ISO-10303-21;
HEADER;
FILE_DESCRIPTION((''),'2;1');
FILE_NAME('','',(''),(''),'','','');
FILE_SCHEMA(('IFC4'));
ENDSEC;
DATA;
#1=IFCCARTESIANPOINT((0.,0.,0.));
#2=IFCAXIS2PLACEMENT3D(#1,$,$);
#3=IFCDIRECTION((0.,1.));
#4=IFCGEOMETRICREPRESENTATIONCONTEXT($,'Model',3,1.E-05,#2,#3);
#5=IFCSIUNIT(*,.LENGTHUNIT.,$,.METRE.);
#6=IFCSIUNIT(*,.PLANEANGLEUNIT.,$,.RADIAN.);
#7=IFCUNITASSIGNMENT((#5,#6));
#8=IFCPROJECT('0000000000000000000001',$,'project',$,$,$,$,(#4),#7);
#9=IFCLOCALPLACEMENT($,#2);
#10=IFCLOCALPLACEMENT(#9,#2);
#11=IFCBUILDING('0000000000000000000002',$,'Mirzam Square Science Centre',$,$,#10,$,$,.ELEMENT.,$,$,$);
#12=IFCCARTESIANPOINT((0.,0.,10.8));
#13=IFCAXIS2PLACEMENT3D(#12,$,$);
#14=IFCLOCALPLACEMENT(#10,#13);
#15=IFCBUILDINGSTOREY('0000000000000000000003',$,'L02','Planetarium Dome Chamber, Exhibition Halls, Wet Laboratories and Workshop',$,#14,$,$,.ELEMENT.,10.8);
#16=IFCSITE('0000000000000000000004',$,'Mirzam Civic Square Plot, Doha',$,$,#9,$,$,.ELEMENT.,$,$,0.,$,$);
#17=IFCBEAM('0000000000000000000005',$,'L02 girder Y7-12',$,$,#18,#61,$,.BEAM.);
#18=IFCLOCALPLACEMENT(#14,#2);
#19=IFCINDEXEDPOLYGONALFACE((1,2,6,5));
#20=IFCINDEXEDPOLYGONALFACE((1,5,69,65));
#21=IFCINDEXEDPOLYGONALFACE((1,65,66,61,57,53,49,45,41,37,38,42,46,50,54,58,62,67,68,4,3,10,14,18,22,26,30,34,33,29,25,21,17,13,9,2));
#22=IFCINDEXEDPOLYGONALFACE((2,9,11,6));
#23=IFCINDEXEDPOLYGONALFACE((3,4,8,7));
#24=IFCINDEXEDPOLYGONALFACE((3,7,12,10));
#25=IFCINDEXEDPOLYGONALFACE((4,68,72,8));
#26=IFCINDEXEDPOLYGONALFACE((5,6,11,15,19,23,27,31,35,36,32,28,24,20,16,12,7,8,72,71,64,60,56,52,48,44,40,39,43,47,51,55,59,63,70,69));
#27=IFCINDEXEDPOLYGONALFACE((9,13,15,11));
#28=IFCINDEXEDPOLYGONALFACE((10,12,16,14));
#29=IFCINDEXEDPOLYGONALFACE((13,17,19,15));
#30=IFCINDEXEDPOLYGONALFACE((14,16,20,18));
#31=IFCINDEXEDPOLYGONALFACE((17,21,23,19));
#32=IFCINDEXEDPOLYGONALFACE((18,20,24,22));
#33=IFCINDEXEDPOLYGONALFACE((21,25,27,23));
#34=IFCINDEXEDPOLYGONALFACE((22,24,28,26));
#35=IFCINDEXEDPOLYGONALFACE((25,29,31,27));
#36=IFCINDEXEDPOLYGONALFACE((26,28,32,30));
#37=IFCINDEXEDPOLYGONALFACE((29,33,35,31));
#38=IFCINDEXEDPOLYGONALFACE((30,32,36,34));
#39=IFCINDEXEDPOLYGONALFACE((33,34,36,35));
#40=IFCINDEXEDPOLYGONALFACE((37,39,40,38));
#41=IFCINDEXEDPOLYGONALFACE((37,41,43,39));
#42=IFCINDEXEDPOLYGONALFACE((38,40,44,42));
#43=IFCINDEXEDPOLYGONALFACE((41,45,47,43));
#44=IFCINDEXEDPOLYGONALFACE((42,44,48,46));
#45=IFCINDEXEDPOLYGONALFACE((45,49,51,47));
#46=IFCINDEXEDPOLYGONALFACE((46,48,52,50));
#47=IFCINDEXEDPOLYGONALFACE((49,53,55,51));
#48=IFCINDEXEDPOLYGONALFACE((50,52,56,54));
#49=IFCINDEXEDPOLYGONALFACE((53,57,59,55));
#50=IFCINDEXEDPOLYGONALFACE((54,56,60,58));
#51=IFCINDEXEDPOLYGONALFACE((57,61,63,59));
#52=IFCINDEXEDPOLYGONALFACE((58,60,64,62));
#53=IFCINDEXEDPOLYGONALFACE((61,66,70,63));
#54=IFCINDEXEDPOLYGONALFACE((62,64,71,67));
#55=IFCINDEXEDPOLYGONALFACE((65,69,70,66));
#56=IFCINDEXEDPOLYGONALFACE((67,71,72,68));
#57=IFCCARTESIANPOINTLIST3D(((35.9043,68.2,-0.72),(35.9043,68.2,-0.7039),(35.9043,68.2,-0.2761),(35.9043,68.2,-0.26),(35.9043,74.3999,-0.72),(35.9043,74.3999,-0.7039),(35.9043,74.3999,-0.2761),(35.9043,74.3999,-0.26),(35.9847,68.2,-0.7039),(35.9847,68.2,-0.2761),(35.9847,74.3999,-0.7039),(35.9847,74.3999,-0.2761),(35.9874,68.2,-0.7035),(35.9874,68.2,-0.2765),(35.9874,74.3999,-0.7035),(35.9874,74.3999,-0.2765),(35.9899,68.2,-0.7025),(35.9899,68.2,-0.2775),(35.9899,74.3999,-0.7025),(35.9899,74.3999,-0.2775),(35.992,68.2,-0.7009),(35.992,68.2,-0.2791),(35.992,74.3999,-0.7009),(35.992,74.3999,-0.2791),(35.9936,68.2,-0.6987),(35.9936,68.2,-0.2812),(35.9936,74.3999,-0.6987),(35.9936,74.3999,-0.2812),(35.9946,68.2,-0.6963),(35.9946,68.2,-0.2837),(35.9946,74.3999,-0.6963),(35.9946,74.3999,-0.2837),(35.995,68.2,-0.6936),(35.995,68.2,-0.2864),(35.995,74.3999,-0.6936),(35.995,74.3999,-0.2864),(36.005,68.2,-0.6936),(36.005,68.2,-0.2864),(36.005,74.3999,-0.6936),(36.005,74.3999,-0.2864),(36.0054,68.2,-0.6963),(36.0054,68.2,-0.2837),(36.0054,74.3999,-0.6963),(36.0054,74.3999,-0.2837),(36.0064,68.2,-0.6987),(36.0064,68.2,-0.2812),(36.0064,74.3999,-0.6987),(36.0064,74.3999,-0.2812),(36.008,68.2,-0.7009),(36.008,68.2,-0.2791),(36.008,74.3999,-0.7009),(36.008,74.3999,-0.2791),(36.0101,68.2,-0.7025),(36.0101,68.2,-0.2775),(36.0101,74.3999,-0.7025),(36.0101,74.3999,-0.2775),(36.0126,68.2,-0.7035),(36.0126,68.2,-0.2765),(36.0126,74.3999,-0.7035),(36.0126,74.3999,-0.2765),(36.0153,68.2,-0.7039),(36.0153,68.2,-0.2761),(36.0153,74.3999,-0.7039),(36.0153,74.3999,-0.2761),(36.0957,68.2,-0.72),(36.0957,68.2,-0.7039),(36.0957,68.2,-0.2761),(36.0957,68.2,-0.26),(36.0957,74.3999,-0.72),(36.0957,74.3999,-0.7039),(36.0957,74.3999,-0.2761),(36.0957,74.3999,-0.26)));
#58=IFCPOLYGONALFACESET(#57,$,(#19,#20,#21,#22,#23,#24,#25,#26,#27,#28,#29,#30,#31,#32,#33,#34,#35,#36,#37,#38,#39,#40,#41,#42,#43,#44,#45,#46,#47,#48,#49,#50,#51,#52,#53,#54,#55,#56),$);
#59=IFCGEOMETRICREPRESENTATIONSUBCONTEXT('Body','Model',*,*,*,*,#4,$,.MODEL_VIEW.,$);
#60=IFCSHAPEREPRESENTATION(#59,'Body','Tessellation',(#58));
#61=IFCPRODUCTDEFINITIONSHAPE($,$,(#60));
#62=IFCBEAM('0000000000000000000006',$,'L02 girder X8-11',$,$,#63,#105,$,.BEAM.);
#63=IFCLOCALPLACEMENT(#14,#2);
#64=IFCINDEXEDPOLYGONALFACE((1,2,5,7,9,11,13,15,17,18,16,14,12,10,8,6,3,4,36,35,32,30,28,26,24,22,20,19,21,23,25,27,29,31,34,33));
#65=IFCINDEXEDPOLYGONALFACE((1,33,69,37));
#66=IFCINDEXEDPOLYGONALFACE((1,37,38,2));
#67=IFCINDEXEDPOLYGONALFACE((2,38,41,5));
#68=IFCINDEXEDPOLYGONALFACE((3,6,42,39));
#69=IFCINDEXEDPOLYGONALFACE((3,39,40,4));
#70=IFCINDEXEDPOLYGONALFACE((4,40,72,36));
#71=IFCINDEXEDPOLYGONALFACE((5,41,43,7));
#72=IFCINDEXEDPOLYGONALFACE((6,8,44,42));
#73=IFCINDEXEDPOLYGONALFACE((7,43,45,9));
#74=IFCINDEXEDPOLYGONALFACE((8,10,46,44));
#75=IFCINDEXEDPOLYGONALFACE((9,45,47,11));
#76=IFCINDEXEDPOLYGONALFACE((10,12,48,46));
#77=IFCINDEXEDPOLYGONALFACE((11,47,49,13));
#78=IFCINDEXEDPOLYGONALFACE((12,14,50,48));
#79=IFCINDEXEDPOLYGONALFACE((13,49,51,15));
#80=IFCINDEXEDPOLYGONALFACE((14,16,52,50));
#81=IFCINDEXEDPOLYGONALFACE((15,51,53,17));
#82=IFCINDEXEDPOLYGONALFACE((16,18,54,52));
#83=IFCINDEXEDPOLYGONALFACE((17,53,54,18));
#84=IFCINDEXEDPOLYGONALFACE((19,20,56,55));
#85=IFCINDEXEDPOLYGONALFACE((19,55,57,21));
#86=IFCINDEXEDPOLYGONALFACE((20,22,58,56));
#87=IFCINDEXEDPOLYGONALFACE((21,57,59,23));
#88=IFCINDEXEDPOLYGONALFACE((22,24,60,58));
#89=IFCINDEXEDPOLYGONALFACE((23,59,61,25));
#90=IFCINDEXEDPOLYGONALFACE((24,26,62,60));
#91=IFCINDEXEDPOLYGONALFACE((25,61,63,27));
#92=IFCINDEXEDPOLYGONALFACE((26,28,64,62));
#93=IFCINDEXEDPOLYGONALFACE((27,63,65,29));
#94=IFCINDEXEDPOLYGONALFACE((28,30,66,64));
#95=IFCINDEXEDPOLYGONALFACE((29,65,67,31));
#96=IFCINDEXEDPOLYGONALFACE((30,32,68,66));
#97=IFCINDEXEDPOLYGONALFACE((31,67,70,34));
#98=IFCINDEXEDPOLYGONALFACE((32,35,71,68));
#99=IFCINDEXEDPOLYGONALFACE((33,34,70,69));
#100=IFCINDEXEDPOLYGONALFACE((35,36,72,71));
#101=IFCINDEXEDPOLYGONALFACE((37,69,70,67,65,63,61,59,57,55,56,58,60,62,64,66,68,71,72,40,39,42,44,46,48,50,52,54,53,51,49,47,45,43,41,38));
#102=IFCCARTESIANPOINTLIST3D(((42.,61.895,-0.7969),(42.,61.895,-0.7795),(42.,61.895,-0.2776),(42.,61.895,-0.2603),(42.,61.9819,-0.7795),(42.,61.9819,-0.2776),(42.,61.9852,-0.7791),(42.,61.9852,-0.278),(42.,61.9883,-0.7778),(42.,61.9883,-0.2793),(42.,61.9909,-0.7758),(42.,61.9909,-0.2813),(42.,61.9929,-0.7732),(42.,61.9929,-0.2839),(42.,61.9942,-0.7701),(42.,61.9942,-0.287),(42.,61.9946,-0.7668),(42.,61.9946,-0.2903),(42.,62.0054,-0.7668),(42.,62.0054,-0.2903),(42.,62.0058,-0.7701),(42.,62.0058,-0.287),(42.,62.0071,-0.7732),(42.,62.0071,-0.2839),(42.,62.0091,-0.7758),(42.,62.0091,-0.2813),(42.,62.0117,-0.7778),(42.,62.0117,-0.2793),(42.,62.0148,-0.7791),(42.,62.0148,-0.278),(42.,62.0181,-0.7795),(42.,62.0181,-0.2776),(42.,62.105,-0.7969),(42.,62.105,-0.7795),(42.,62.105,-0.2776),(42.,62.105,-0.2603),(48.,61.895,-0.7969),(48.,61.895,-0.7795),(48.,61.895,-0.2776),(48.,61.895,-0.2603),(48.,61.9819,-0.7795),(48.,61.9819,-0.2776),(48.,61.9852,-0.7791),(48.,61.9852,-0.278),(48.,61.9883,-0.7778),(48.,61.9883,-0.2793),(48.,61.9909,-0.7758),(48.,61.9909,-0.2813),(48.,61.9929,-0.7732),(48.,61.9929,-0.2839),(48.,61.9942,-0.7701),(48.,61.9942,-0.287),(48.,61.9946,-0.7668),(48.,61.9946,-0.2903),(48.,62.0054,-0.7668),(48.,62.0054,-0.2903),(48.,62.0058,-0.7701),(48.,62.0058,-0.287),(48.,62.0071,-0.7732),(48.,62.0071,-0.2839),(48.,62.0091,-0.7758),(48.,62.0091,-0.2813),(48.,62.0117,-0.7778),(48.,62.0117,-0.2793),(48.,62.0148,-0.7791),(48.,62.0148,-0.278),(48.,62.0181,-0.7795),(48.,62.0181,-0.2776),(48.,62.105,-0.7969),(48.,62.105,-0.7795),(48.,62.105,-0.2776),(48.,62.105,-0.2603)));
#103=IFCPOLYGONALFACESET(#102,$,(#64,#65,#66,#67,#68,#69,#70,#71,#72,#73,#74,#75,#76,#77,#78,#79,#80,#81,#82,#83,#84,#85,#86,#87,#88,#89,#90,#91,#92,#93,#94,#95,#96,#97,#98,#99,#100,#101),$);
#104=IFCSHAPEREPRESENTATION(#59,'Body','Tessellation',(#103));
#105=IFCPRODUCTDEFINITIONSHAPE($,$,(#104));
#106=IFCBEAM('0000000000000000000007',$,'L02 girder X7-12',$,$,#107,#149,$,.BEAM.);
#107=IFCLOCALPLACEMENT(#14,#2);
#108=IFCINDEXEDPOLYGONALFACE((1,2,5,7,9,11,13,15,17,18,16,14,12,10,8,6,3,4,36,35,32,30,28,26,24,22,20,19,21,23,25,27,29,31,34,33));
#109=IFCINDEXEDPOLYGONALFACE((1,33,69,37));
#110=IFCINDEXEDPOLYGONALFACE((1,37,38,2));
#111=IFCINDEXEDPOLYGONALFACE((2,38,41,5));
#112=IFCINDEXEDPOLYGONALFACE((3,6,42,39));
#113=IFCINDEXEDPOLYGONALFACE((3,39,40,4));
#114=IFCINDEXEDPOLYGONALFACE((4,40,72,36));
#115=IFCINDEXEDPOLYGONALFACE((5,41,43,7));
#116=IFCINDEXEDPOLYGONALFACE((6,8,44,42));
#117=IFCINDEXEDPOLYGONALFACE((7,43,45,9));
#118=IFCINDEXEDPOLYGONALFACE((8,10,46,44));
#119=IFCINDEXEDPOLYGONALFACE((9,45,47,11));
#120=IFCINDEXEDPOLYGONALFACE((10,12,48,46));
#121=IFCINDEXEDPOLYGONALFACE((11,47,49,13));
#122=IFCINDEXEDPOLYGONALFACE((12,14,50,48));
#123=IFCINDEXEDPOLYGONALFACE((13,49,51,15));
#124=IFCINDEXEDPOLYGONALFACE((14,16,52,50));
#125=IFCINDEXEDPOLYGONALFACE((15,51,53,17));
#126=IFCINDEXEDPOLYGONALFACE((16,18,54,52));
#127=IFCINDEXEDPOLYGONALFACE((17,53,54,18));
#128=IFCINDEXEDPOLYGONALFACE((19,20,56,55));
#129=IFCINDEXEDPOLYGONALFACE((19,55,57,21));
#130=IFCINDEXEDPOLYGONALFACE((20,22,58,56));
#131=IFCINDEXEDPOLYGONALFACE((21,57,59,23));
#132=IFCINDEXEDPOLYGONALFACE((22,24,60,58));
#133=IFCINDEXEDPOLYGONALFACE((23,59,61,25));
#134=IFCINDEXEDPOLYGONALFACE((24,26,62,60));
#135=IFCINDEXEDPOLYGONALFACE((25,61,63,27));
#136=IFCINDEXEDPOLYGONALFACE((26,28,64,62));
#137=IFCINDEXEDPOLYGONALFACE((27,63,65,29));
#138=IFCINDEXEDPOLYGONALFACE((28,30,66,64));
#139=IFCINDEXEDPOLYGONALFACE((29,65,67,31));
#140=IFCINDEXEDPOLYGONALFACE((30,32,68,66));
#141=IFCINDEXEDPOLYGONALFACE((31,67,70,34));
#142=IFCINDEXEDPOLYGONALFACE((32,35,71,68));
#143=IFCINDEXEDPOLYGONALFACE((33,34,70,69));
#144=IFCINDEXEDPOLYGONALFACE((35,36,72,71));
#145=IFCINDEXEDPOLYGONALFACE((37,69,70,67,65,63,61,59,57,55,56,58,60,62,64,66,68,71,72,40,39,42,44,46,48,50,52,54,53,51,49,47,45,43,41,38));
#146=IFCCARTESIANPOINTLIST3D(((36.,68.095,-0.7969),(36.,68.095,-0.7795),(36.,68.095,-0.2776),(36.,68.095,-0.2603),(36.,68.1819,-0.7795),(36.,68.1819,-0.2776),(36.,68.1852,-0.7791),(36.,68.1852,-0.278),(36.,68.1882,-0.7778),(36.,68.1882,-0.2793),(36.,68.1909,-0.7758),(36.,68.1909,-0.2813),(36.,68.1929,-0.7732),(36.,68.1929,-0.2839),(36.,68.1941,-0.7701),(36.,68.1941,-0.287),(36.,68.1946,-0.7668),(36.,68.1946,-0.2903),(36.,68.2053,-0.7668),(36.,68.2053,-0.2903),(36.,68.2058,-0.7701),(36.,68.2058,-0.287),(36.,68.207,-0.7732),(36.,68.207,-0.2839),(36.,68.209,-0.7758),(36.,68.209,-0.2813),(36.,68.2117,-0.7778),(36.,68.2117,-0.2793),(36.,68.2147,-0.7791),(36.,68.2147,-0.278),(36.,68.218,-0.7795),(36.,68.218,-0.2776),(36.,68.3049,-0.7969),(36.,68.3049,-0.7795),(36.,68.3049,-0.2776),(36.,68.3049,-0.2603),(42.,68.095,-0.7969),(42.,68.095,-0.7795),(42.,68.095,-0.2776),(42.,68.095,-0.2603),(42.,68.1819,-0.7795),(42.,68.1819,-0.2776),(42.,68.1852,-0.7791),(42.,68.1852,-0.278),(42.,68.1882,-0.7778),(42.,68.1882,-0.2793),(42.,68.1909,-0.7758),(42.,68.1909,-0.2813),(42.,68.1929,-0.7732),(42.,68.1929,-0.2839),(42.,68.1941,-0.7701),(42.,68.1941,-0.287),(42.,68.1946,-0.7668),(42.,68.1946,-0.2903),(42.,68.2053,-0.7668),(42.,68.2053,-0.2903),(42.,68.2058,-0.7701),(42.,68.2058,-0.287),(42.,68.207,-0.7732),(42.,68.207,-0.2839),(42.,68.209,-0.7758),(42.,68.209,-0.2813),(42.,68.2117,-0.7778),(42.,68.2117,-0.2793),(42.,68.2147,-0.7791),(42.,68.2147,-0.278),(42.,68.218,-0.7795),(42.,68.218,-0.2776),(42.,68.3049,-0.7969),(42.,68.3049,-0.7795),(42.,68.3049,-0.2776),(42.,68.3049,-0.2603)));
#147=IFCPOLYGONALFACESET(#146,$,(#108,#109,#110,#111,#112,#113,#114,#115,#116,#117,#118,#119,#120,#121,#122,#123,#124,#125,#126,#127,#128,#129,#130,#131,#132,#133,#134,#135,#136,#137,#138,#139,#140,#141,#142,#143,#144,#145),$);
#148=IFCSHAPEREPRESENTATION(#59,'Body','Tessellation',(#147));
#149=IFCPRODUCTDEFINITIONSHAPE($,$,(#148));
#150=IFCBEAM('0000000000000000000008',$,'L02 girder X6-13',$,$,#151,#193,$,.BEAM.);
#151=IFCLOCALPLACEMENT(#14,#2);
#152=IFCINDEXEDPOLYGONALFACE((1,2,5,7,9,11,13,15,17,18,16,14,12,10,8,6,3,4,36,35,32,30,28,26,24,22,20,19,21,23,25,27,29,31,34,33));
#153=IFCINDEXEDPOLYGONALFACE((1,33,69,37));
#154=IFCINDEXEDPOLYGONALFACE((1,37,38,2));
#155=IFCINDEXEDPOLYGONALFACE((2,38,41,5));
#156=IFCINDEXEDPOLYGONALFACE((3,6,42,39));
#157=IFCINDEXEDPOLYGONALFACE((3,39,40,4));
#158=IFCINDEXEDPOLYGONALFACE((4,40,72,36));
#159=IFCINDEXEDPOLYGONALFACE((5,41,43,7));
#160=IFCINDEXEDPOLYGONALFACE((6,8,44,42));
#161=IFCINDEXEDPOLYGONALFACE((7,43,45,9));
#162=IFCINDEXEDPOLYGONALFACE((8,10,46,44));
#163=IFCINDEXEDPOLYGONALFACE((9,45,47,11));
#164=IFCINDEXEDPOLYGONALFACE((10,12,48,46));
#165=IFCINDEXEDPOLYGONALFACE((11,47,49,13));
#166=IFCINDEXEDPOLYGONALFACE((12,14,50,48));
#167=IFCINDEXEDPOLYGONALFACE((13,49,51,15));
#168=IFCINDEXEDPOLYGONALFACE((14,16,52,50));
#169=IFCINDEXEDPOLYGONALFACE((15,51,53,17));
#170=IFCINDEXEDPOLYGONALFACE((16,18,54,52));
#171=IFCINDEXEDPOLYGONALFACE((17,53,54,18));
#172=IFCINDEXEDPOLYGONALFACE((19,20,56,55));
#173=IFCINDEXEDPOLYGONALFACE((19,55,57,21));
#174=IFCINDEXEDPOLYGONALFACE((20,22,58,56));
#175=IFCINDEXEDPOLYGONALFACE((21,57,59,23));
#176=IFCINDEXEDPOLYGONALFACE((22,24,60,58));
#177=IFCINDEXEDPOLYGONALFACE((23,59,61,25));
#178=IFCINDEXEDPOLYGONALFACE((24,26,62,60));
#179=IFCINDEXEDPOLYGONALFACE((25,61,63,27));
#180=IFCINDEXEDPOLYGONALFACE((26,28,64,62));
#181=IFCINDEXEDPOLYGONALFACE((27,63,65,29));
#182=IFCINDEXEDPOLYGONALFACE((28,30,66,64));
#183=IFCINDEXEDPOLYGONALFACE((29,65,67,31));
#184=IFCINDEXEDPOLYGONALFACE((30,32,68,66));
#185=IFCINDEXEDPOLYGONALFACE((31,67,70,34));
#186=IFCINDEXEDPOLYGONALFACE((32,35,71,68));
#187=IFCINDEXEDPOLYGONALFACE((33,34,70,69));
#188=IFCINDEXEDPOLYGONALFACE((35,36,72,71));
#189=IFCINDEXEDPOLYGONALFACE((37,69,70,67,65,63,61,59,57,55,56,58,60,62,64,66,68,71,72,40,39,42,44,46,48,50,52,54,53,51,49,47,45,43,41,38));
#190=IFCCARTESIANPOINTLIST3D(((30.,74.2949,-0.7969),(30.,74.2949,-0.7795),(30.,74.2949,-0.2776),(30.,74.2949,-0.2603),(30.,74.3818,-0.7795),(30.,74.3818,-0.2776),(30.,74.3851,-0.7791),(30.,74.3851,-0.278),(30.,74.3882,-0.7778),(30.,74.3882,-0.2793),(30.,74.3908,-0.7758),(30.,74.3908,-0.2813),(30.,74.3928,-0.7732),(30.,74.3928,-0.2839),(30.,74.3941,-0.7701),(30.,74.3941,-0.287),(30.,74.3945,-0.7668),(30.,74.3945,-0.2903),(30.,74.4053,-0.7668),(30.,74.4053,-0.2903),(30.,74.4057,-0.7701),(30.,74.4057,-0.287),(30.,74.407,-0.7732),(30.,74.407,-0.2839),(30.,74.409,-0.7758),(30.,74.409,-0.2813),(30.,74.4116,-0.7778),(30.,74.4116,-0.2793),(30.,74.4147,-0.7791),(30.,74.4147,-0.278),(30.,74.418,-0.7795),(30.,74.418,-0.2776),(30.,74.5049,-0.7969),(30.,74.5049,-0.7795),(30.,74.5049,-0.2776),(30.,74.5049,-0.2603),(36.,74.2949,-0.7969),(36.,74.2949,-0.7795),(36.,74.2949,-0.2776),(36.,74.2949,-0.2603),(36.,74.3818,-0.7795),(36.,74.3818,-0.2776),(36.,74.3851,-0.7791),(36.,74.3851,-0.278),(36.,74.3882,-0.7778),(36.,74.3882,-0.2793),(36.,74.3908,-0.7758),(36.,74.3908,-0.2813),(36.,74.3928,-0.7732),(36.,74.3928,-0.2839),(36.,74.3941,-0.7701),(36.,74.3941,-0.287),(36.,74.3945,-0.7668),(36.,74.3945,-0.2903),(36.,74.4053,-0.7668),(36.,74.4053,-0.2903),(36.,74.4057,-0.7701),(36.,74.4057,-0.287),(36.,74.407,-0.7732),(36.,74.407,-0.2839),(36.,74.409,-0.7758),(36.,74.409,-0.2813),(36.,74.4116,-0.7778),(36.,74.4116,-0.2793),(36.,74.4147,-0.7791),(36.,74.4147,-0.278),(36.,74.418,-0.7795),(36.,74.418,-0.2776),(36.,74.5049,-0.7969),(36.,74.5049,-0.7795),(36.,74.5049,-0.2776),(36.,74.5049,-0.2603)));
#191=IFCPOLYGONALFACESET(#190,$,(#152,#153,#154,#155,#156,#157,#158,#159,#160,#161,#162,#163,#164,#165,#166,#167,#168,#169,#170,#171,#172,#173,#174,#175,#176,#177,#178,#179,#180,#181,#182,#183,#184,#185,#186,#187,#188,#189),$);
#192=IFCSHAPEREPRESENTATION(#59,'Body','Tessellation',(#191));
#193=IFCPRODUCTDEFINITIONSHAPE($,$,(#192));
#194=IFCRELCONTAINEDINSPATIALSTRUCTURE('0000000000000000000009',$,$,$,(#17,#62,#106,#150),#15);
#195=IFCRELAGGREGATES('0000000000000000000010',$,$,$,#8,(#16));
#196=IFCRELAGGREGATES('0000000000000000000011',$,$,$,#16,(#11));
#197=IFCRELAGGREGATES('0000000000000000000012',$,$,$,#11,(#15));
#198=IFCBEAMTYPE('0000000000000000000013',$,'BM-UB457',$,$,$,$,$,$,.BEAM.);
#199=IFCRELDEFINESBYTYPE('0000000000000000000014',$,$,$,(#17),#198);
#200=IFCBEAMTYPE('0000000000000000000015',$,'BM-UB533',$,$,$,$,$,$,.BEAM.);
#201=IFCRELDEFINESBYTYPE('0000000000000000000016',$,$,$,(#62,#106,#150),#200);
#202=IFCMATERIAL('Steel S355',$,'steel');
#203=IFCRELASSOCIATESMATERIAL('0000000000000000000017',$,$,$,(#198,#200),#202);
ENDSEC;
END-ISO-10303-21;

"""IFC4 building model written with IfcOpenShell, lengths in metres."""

from ifc_helpers import new_model, si_unit, direction, frame, origin, origin_2d, place, context, subcontext, project, spatial, i_section, extrude, material, material_profile, profile_set, type_object, element, save


model = new_model("IFC4")

# Units and contexts
model_context = context("Model", 3, precision=1e-05, world=origin(), true_north=direction((0.0, 1.0)))
body_context = subcontext(model_context, "Body", "Model", "MODEL_VIEW")
ifc_project = project(units=[si_unit("LENGTHUNIT", "METRE"), si_unit("PLANEANGLEUNIT", "RADIAN")], contexts=[model_context])

# Site, building, storey
site_placement = place(None, origin())
site = spatial("IfcSite", under=ifc_project, at=site_placement, Name="Mirzam Civic Square Plot, Doha", CompositionType="ELEMENT", RefElevation=0.0)
building_placement = place(site_placement, origin())
building = spatial("IfcBuilding", under=site, at=building_placement, Name="Mirzam Square Science Centre", CompositionType="ELEMENT")
storey_placement = place(building_placement, frame((0.0, 0.0, 10.8)))
storey = spatial("IfcBuildingStorey", under=building, at=storey_placement, Name="L02", Description="Planetarium Dome Chamber, Exhibition Halls, Wet Laboratories and Workshop", CompositionType="ELEMENT", Elevation=10.8)

# Shared definitions
ifc_material_1 = material(Name="Steel S355", Category="steel")

# Beams
ifc_material_profile_1 = material_profile(ifc_material_1, i_section(OverallWidth=0.1914, OverallDepth=0.46, WebThickness=0.01, FlangeThickness=0.0161, FilletRadius=0.0103, at=origin_2d()), Name="457x191x82UB")
ifc_profile_set_1 = profile_set([ifc_material_profile_1], Name="Steel S355")
beam_type_1 = type_object("IfcBeamType", Name="BM-UB457", PredefinedType="BEAM", material=ifc_profile_set_1)
beam_1_placement = place(storey_placement, frame((36.0, 68.2, -0.49), z_axis=(0.0, 1.0, 0.0), x_axis=(-1.0, 0.0, 0.0)))
element("IfcBeam", 1, at=beam_1_placement, inside=storey, type_object=beam_type_1, Name="L02 girder Y7-12", PredefinedType="BEAM", context=body_context, shape_type="SweptSolid", body=[
    extrude(i_section(OverallWidth=0.1914, OverallDepth=0.46, WebThickness=0.01, FlangeThickness=0.0161, FilletRadius=0.0103, at=origin_2d()), origin(), (0.0, 0.0, 1.0), 6.2),
])
ifc_material_profile_2 = material_profile(ifc_material_1, i_section(OverallWidth=0.21, OverallDepth=0.5366, WebThickness=0.0107, FlangeThickness=0.0173, FilletRadius=0.0127, at=origin_2d()), Name="533x210x101UB")
ifc_profile_set_2 = profile_set([ifc_material_profile_2], Name="Steel S355")
beam_type_2 = type_object("IfcBeamType", Name="BM-UB533", PredefinedType="BEAM", material=ifc_profile_set_2)
for number, where, z_axis, x_axis, name in (
    (2, (42.0, 62.0, -0.5286), (1.0, 0.0, 0.0), (0.0, 1.0, 0.0), "L02 girder X8-11"),
    (3, (36.0, 68.2, -0.5286), (1.0, 0.0, 0.0), (0.0, 1.0, 0.0), "L02 girder X7-12"),
    (4, (30.0, 74.3999, -0.5286), (1.0, 0.0, 0.0), (0.0, 1.0, 0.0), "L02 girder X6-13"),
):
    element("IfcBeam", number, at=place(storey_placement, frame(where, z_axis=z_axis, x_axis=x_axis)), inside=storey, type_object=beam_type_2, Name=name, PredefinedType="BEAM", context=body_context, shape_type="SweptSolid", body=[
        extrude(i_section(OverallWidth=0.21, OverallDepth=0.5366, WebThickness=0.0107, FlangeThickness=0.0173, FilletRadius=0.0127, at=origin_2d()), origin(), (0.0, 0.0, 1.0), 6.0),
    ])

save(model, "model.ifc")
